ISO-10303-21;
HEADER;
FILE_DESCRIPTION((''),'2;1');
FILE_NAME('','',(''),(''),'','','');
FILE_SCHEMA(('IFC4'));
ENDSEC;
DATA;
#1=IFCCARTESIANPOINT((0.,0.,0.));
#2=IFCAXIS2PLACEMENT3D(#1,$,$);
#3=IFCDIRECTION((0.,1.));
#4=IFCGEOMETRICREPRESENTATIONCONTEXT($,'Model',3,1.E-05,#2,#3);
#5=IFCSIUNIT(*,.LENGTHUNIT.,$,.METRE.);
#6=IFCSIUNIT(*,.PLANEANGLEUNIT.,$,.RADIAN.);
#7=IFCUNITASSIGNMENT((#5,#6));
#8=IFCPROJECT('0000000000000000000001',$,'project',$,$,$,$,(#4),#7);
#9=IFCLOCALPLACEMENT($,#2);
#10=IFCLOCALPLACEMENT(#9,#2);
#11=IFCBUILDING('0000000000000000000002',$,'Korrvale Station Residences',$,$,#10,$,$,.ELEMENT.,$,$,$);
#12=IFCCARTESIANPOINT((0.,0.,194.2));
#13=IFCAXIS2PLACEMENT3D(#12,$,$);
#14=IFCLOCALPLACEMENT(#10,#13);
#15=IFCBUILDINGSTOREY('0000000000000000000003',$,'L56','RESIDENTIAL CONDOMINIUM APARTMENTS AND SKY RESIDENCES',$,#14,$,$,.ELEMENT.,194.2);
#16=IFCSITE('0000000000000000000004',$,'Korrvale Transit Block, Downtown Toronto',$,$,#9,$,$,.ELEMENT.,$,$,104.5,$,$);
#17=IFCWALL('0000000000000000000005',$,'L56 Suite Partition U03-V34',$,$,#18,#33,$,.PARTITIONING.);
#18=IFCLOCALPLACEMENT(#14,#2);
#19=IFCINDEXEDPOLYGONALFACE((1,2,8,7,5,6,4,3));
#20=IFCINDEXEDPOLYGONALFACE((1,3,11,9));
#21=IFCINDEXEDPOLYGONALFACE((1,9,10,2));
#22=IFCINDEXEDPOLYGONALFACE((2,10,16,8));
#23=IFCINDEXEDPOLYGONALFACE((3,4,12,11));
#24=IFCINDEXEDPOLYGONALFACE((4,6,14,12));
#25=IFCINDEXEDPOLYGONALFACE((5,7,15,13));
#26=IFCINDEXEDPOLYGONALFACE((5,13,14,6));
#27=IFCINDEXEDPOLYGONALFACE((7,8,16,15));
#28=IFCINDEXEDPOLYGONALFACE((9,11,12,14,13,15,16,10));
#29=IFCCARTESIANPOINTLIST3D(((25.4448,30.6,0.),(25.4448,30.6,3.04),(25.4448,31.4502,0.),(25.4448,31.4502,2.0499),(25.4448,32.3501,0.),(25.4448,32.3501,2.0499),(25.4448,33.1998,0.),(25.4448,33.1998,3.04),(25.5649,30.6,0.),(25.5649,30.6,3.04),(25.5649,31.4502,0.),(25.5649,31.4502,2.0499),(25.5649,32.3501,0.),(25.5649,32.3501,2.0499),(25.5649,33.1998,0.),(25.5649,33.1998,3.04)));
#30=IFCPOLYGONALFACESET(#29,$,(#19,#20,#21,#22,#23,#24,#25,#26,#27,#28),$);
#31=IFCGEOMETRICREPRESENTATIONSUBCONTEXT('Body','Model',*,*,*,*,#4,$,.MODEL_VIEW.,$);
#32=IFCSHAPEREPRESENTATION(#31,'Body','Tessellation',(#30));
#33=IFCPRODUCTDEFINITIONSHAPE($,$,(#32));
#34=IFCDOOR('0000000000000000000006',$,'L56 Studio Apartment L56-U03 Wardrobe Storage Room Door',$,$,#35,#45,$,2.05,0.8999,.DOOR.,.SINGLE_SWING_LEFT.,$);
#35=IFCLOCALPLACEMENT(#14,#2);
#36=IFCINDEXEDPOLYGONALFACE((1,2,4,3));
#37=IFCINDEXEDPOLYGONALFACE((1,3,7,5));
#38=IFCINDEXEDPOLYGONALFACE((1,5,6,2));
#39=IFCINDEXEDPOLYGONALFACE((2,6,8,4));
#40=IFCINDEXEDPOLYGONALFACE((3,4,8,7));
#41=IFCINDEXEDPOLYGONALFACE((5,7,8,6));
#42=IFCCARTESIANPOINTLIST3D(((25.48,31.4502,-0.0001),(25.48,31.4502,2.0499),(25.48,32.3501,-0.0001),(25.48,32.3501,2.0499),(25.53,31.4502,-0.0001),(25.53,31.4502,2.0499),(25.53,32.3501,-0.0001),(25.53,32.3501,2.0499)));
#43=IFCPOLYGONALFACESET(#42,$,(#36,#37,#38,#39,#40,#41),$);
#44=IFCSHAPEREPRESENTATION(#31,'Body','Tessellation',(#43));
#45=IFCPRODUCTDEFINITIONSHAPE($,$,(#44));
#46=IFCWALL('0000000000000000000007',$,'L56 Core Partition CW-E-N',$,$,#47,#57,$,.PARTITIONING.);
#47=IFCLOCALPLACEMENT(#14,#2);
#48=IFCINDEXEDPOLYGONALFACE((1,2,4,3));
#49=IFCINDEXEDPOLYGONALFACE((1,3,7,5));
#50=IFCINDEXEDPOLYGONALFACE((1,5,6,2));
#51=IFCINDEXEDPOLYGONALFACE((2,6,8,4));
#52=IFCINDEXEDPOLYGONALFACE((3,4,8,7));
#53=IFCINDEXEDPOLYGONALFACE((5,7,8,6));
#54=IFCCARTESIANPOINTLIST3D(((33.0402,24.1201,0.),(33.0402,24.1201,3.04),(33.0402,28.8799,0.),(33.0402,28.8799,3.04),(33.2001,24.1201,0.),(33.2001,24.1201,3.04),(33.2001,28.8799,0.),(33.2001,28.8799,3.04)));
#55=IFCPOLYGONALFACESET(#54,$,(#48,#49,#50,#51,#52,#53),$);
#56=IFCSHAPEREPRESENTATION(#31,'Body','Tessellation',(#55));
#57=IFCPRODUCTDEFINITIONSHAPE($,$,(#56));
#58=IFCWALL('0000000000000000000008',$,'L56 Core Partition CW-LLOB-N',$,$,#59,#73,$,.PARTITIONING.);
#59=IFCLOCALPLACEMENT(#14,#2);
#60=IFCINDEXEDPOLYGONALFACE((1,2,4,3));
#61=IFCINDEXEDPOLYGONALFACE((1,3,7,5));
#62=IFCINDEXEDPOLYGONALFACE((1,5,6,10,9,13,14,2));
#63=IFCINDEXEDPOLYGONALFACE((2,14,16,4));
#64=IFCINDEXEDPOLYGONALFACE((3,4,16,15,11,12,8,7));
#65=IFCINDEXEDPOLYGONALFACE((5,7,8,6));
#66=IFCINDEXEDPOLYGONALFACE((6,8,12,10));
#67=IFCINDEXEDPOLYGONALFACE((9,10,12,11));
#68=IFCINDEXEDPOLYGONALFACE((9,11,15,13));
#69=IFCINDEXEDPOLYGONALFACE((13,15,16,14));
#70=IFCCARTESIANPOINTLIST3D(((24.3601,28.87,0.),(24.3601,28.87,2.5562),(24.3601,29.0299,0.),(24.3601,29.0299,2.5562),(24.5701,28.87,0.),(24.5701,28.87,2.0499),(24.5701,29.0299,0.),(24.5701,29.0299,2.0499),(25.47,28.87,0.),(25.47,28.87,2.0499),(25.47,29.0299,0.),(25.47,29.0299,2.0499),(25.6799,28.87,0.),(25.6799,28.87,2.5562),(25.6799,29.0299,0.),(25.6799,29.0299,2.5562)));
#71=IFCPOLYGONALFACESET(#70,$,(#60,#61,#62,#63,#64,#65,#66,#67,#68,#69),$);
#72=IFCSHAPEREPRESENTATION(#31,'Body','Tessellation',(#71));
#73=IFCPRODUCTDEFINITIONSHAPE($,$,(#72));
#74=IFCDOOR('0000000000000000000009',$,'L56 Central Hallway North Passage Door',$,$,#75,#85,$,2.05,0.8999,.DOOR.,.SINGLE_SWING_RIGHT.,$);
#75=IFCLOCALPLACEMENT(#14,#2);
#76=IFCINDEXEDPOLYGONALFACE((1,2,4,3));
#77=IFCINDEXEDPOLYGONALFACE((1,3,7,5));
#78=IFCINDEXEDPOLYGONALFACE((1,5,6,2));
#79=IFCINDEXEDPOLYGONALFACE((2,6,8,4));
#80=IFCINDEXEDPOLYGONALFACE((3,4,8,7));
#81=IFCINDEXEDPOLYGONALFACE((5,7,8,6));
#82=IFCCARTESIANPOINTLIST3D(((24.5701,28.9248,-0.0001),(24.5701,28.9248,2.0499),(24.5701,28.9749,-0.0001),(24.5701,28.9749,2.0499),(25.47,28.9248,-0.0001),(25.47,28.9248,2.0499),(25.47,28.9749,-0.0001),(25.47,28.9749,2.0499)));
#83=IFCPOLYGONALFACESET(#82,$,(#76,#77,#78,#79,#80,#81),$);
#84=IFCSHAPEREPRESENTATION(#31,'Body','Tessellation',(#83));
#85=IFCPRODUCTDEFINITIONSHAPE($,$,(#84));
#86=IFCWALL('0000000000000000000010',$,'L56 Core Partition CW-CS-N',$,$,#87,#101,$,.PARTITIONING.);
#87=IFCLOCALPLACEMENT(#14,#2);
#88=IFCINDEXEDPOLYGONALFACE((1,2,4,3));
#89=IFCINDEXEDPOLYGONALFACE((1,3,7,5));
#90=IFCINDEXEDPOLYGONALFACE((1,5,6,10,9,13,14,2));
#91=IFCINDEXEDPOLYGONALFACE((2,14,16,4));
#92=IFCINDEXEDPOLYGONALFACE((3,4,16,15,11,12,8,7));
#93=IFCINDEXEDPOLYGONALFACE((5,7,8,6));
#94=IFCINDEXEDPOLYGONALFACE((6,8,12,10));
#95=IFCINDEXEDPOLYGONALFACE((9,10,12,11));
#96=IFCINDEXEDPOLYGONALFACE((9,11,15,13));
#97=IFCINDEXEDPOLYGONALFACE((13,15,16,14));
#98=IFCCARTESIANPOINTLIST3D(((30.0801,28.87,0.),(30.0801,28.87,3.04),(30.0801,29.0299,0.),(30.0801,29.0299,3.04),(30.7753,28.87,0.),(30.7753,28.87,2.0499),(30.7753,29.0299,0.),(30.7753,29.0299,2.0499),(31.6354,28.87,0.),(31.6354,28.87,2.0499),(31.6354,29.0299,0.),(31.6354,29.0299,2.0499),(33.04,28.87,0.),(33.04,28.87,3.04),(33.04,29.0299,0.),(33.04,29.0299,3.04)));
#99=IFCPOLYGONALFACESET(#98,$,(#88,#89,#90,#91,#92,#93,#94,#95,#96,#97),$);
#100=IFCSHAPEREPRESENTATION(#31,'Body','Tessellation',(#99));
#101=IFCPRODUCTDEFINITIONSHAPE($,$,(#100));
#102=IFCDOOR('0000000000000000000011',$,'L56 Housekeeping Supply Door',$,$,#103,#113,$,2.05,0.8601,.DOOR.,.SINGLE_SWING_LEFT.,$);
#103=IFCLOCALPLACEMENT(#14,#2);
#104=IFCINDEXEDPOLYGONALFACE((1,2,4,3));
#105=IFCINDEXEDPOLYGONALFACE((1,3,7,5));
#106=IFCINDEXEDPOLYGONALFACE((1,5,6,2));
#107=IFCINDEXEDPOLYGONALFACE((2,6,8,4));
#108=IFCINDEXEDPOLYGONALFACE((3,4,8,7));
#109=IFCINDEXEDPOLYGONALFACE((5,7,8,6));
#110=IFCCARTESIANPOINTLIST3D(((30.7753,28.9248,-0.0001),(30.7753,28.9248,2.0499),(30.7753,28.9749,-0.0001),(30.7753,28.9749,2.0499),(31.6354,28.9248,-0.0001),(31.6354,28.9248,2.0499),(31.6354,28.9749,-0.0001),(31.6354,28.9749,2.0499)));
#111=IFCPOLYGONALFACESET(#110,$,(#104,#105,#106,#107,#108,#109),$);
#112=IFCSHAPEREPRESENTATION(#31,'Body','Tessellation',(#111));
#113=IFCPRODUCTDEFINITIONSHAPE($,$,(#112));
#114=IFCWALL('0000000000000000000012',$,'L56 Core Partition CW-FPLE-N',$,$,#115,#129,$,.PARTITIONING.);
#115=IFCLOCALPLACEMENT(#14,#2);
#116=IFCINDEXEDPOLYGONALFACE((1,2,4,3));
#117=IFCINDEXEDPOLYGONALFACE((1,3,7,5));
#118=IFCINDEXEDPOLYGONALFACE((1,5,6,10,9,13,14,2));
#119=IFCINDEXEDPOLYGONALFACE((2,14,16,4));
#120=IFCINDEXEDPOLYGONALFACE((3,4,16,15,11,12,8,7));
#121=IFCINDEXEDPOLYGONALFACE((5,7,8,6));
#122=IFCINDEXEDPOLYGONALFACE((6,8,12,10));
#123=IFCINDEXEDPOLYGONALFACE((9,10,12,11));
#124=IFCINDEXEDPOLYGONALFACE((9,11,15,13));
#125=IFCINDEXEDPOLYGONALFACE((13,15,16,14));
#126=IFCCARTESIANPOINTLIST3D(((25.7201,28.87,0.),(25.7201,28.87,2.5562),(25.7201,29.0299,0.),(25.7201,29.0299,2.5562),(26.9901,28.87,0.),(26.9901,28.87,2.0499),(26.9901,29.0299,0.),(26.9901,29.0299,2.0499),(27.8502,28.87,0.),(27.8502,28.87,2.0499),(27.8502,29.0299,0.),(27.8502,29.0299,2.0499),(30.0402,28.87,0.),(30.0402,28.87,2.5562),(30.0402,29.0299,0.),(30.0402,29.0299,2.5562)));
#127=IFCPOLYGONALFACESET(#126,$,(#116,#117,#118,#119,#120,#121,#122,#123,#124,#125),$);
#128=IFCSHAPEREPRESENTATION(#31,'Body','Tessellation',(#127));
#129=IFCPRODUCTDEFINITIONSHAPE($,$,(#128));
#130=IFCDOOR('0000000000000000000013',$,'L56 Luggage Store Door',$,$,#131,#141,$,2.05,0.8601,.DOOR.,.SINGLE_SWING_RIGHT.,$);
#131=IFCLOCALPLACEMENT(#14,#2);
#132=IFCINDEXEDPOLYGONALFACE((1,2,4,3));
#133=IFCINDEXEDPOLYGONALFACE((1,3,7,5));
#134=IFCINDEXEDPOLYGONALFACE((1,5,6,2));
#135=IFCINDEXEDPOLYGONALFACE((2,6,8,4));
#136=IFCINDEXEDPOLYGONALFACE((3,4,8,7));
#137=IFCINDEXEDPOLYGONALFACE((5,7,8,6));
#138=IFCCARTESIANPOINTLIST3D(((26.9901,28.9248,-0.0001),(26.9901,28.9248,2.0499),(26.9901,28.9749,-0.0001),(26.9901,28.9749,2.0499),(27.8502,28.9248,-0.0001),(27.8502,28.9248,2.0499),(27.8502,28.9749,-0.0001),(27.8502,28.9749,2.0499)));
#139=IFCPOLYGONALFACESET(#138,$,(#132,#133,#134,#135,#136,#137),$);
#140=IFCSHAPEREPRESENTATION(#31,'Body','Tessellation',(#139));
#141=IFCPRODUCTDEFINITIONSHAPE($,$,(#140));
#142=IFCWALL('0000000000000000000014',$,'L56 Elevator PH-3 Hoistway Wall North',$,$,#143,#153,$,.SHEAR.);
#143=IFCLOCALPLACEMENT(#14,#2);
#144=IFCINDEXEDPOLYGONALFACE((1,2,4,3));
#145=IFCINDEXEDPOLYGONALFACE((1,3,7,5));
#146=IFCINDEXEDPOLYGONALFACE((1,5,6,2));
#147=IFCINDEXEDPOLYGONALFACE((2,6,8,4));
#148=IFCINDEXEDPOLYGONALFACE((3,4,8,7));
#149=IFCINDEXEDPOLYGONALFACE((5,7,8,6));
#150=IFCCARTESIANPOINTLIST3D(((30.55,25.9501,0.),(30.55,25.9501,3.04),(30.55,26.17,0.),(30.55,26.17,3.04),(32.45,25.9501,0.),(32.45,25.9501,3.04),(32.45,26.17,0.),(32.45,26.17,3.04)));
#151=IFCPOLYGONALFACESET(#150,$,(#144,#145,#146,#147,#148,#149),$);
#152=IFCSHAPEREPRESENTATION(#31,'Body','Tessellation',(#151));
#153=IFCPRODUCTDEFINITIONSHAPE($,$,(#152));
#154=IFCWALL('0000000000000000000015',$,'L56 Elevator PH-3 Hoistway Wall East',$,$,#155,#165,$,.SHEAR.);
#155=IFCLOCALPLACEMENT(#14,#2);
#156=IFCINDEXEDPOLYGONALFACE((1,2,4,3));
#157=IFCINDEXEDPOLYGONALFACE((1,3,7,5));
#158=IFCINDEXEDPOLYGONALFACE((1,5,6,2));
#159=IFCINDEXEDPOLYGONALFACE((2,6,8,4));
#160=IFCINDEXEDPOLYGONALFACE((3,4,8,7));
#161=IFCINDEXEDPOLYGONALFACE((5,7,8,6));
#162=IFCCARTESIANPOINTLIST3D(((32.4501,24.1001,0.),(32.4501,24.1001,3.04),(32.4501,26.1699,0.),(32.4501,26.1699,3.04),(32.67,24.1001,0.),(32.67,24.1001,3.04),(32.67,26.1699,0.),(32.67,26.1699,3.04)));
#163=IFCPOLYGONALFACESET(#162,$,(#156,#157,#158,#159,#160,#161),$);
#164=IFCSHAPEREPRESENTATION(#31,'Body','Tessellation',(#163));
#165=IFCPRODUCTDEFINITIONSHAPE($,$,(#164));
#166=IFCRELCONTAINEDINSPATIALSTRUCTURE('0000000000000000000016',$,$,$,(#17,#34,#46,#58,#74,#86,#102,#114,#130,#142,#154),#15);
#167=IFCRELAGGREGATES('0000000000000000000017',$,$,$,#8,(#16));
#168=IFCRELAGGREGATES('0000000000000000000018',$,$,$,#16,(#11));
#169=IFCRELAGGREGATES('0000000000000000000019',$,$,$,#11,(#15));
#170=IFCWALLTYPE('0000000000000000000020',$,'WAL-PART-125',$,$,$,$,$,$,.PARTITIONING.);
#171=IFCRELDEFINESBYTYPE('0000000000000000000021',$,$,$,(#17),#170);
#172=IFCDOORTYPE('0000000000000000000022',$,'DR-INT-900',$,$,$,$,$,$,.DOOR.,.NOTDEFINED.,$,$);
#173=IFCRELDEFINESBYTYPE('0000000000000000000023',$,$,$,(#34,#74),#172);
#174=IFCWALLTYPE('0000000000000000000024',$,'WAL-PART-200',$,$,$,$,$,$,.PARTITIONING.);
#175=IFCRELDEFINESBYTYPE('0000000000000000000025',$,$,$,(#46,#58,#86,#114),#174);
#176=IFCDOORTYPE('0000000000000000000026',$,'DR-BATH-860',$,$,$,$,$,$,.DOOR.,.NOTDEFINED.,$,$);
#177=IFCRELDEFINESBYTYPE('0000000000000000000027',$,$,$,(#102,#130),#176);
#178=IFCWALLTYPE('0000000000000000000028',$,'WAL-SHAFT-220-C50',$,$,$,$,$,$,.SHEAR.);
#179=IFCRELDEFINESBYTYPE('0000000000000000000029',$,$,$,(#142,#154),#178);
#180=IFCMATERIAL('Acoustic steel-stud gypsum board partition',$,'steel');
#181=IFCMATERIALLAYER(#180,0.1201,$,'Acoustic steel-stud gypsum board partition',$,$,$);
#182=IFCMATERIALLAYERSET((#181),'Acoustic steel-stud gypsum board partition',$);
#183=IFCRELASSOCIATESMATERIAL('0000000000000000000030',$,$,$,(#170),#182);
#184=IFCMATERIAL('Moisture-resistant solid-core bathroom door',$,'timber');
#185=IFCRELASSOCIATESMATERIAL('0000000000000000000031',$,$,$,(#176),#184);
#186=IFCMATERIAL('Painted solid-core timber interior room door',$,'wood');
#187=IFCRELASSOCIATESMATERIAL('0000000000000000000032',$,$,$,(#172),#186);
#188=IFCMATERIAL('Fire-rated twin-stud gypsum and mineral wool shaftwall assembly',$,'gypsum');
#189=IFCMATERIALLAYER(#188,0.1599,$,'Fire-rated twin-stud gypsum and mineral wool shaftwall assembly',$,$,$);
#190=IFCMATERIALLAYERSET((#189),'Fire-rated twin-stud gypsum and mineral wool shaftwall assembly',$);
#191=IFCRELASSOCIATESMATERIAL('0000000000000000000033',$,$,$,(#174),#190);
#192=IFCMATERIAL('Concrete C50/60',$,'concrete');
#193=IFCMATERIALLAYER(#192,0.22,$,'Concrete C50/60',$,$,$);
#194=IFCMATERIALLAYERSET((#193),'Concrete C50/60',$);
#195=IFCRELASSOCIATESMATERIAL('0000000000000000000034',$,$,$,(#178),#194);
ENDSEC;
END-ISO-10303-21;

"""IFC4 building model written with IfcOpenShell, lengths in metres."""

from ifc_helpers import new_model, si_unit, direction, frame, frame_2d, origin, place, context, subcontext, project, spatial, rectangle, extrude, material, layer, layer_set, type_object, element, fill, save


model = new_model("IFC4")

# Units and contexts
model_context = context("Model", 3, precision=1e-05, world=origin(), true_north=direction((0.0, 1.0)))
body_context = subcontext(model_context, "Body", "Model", "MODEL_VIEW")
ifc_project = project(units=[si_unit("LENGTHUNIT", "METRE"), si_unit("PLANEANGLEUNIT", "RADIAN")], contexts=[model_context])

# Site, building, storey
site_placement = place(None, origin())
site = spatial("IfcSite", under=ifc_project, at=site_placement, Name="Korrvale Transit Block, Downtown Toronto", CompositionType="ELEMENT", RefElevation=104.5)
building_placement = place(site_placement, origin())
building = spatial("IfcBuilding", under=site, at=building_placement, Name="Korrvale Station Residences", CompositionType="ELEMENT")
storey_placement = place(building_placement, frame((0.0, 0.0, 194.2)))
storey = spatial("IfcBuildingStorey", under=building, at=storey_placement, Name="L56", Description="RESIDENTIAL CONDOMINIUM APARTMENTS AND SKY RESIDENCES", CompositionType="ELEMENT", Elevation=194.2)

# Shared definitions
ifc_material_1 = material(Name="Concrete C50/60", Category="concrete")

# Shared definitions
ifc_material_2 = material(Name="Acoustic steel-stud gypsum board partition", Category="steel")
ifc_layer_1 = layer(ifc_material_2, 0.1201, Name="Acoustic steel-stud gypsum board partition")
ifc_layer_set_1 = layer_set([ifc_layer_1], Name="Acoustic steel-stud gypsum board partition")
wall_type_1 = type_object("IfcWallType", Name="WAL-PART-125", PredefinedType="PARTITIONING", material=ifc_layer_set_1)

# Shared definitions
ifc_material_3 = material(Name="Moisture-resistant solid-core bathroom door", Category="timber")
door_type_1 = type_object("IfcDoorType", Name="DR-BATH-860", OperationType="NOTDEFINED", PredefinedType="DOOR", material=ifc_material_3)

# Shared definitions
ifc_material_4 = material(Name="Painted solid-core timber interior room door", Category="wood")
door_type_2 = type_object("IfcDoorType", Name="DR-INT-900", OperationType="NOTDEFINED", PredefinedType="DOOR", material=ifc_material_4)

# Wall, opening, door
wall_1_placement = place(storey_placement, frame((25.5049, 30.6001, 0.0), z_axis=(0.0, 0.0, 1.0), x_axis=(0.0, 1.0, 0.0)))
wall_1 = element("IfcWall", 1, at=wall_1_placement, inside=storey, type_object=wall_type_1, Name="L56 Suite Partition U03-V34", PredefinedType="PARTITIONING", context=body_context, shape_type="SweptSolid", body=[
    extrude(rectangle(XDim=2.5999, YDim=0.1201, at=frame_2d((1.2998, 0.0))), origin(), (0.0, 0.0, 1.0), 3.04),
])
opening_1_placement = place(wall_1_placement, frame((0.8501, 0.0, 0.0)))
opening_1 = element("IfcOpeningElement", 2, at=opening_1_placement, cuts=wall_1, PredefinedType="OPENING", context=body_context, shape_type="SweptSolid", body=[
    extrude(rectangle(XDim=0.8999, YDim=2.05, at=frame_2d((0.45, 1.0249))), frame((0.0, 0.0701, 0.0), z_axis=(0.0, -1.0, 0.0), x_axis=(1.0, 0.0, 0.0)), (0.0, 0.0, 1.0), 0.1401),
])
door_1_placement = place(opening_1_placement, origin())
door_1 = element("IfcDoor", 3, at=door_1_placement, inside=storey, type_object=door_type_2, Name="L56 Studio Apartment L56-U03 Wardrobe Storage Room Door", OperationType="SINGLE_SWING_LEFT", OverallHeight=2.05, OverallWidth=0.8999, PredefinedType="DOOR", context=body_context, shape_type="SweptSolid", body=[
    extrude(rectangle(XDim=0.8999, YDim=2.05, at=frame_2d((0.45, 1.0249))), frame((0.0, 0.0249, 0.0), z_axis=(0.0, -1.0, 0.0), x_axis=(1.0, 0.0, 0.0)), (0.0, 0.0, 1.0), 0.05),
])
fill(opening_1, door_1)

# Wall
ifc_material_5 = material(Name="Fire-rated twin-stud gypsum and mineral wool shaftwall assembly", Category="gypsum")
ifc_layer_2 = layer(ifc_material_5, 0.1599, Name="Fire-rated twin-stud gypsum and mineral wool shaftwall assembly")
ifc_layer_set_2 = layer_set([ifc_layer_2], Name="Fire-rated twin-stud gypsum and mineral wool shaftwall assembly")
wall_type_2 = type_object("IfcWallType", Name="WAL-PART-200", PredefinedType="PARTITIONING", material=ifc_layer_set_2)
wall_2_placement = place(storey_placement, frame((33.1201, 24.1201, 0.0), z_axis=(0.0, 0.0, 1.0), x_axis=(0.0, 1.0, 0.0)))
element("IfcWall", 4, at=wall_2_placement, inside=storey, type_object=wall_type_2, Name="L56 Core Partition CW-E-N", PredefinedType="PARTITIONING", context=body_context, shape_type="SweptSolid", body=[
    extrude(rectangle(XDim=4.7598, YDim=0.1599, at=frame_2d((2.3799, 0.0))), origin(), (0.0, 0.0, 1.0), 3.04),
])

# Walls, openings, doors
wall_3_placement = place(storey_placement, frame((24.3601, 28.95, 0.0), z_axis=(0.0, 0.0, 1.0), x_axis=(1.0, 0.0, 0.0)))
wall_3 = element("IfcWall", 5, at=wall_3_placement, inside=storey, type_object=wall_type_2, Name="L56 Core Partition CW-LLOB-N", PredefinedType="PARTITIONING", context=body_context, shape_type="SweptSolid", body=[
    extrude(rectangle(XDim=1.3198, YDim=0.1599, at=frame_2d((0.6599, 0.0))), origin(), (0.0, 0.0, 1.0), 2.5562),
])
opening_2_placement = place(wall_3_placement, frame((0.21, 0.0, 0.0)))
opening_2 = element("IfcOpeningElement", 6, at=opening_2_placement, cuts=wall_3, PredefinedType="OPENING", context=body_context, shape_type="SweptSolid", body=[
    extrude(rectangle(XDim=0.8999, YDim=2.05, at=frame_2d((0.45, 1.0249))), frame((0.0, 0.0898, 0.0), z_axis=(0.0, -1.0, 0.0), x_axis=(1.0, 0.0, 0.0)), (0.0, 0.0, 1.0), 0.1799),
])
door_2_placement = place(opening_2_placement, origin())
door_2 = element("IfcDoor", 7, at=door_2_placement, inside=storey, type_object=door_type_2, Name="L56 Central Hallway North Passage Door", OperationType="SINGLE_SWING_RIGHT", OverallHeight=2.05, OverallWidth=0.8999, PredefinedType="DOOR", context=body_context, shape_type="SweptSolid", body=[
    extrude(rectangle(XDim=0.8999, YDim=2.05, at=frame_2d((0.45, 1.0249))), frame((0.0, 0.0249, 0.0), z_axis=(0.0, -1.0, 0.0), x_axis=(1.0, 0.0, 0.0)), (0.0, 0.0, 1.0), 0.05),
])
fill(opening_2, door_2)
wall_4_placement = place(storey_placement, frame((30.0801, 28.95, 0.0), z_axis=(0.0, 0.0, 1.0), x_axis=(1.0, 0.0, 0.0)))
wall_4 = element("IfcWall", 8, at=wall_4_placement, inside=storey, type_object=wall_type_2, Name="L56 Core Partition CW-CS-N", PredefinedType="PARTITIONING", context=body_context, shape_type="SweptSolid", body=[
    extrude(rectangle(XDim=2.96, YDim=0.1599, at=frame_2d((1.48, 0.0))), origin(), (0.0, 0.0, 1.0), 3.04),
])
opening_3_placement = place(wall_4_placement, frame((0.6951, 0.0, 0.0)))
opening_3 = element("IfcOpeningElement", 9, at=opening_3_placement, cuts=wall_4, PredefinedType="OPENING", context=body_context, shape_type="SweptSolid", body=[
    extrude(rectangle(XDim=0.8601, YDim=2.05, at=frame_2d((0.4302, 1.0249))), frame((0.0, 0.0898, 0.0), z_axis=(0.0, -1.0, 0.0), x_axis=(1.0, 0.0, 0.0)), (0.0, 0.0, 1.0), 0.1799),
])
door_3_placement = place(opening_3_placement, origin())
door_3 = element("IfcDoor", 10, at=door_3_placement, inside=storey, type_object=door_type_1, Name="L56 Housekeeping Supply Door", OperationType="SINGLE_SWING_LEFT", OverallHeight=2.05, OverallWidth=0.8601, PredefinedType="DOOR", context=body_context, shape_type="SweptSolid", body=[
    extrude(rectangle(XDim=0.8601, YDim=2.05, at=frame_2d((0.4302, 1.0249))), frame((0.0, 0.0249, 0.0), z_axis=(0.0, -1.0, 0.0), x_axis=(1.0, 0.0, 0.0)), (0.0, 0.0, 1.0), 0.05),
])
fill(opening_3, door_3)
wall_5_placement = place(storey_placement, frame((25.72, 28.95, 0.0), z_axis=(0.0, 0.0, 1.0), x_axis=(1.0, 0.0, 0.0)))
wall_5 = element("IfcWall", 11, at=wall_5_placement, inside=storey, type_object=wall_type_2, Name="L56 Core Partition CW-FPLE-N", PredefinedType="PARTITIONING", context=body_context, shape_type="SweptSolid", body=[
    extrude(rectangle(XDim=4.3201, YDim=0.1599, at=frame_2d((2.1602, 0.0))), origin(), (0.0, 0.0, 1.0), 2.5562),
])
opening_4_placement = place(wall_5_placement, frame((1.27, 0.0, 0.0)))
opening_4 = element("IfcOpeningElement", 12, at=opening_4_placement, cuts=wall_5, PredefinedType="OPENING", context=body_context, shape_type="SweptSolid", body=[
    extrude(rectangle(XDim=0.8601, YDim=2.05, at=frame_2d((0.4302, 1.0249))), frame((0.0, 0.0898, 0.0), z_axis=(0.0, -1.0, 0.0), x_axis=(1.0, 0.0, 0.0)), (0.0, 0.0, 1.0), 0.1799),
])
door_4_placement = place(opening_4_placement, origin())
door_4 = element("IfcDoor", 13, at=door_4_placement, inside=storey, type_object=door_type_1, Name="L56 Luggage Store Door", OperationType="SINGLE_SWING_RIGHT", OverallHeight=2.05, OverallWidth=0.8601, PredefinedType="DOOR", context=body_context, shape_type="SweptSolid", body=[
    extrude(rectangle(XDim=0.8601, YDim=2.05, at=frame_2d((0.4302, 1.0249))), frame((0.0, 0.0249, 0.0), z_axis=(0.0, -1.0, 0.0), x_axis=(1.0, 0.0, 0.0)), (0.0, 0.0, 1.0), 0.05),
])
fill(opening_4, door_4)

# Wall
ifc_layer_3 = layer(ifc_material_1, 0.22, Name="Concrete C50/60")
ifc_layer_set_3 = layer_set([ifc_layer_3], Name="Concrete C50/60")
wall_type_3 = type_object("IfcWallType", Name="WAL-SHAFT-220-C50", PredefinedType="SHEAR", material=ifc_layer_set_3)
wall_6_placement = place(storey_placement, frame((30.55, 26.0601, 0.0), z_axis=(0.0, 0.0, 1.0), x_axis=(1.0, 0.0, 0.0)))
element("IfcWall", 14, at=wall_6_placement, inside=storey, type_object=wall_type_3, Name="L56 Elevator PH-3 Hoistway Wall North", PredefinedType="SHEAR", context=body_context, shape_type="SweptSolid", body=[
    extrude(rectangle(XDim=1.8999, YDim=0.22, at=frame_2d((0.95, 0.0))), origin(), (0.0, 0.0, 1.0), 3.04),
])

# Wall
wall_7_placement = place(storey_placement, frame((32.5601, 24.1001, 0.0), z_axis=(0.0, 0.0, 1.0), x_axis=(0.0, 1.0, 0.0)))
element("IfcWall", 15, at=wall_7_placement, inside=storey, type_object=wall_type_3, Name="L56 Elevator PH-3 Hoistway Wall East", PredefinedType="SHEAR", context=body_context, shape_type="SweptSolid", body=[
    extrude(rectangle(XDim=2.0698, YDim=0.22, at=frame_2d((1.0349, 0.0))), origin(), (0.0, 0.0, 1.0), 3.04),
])

save(model, "model.ifc")
